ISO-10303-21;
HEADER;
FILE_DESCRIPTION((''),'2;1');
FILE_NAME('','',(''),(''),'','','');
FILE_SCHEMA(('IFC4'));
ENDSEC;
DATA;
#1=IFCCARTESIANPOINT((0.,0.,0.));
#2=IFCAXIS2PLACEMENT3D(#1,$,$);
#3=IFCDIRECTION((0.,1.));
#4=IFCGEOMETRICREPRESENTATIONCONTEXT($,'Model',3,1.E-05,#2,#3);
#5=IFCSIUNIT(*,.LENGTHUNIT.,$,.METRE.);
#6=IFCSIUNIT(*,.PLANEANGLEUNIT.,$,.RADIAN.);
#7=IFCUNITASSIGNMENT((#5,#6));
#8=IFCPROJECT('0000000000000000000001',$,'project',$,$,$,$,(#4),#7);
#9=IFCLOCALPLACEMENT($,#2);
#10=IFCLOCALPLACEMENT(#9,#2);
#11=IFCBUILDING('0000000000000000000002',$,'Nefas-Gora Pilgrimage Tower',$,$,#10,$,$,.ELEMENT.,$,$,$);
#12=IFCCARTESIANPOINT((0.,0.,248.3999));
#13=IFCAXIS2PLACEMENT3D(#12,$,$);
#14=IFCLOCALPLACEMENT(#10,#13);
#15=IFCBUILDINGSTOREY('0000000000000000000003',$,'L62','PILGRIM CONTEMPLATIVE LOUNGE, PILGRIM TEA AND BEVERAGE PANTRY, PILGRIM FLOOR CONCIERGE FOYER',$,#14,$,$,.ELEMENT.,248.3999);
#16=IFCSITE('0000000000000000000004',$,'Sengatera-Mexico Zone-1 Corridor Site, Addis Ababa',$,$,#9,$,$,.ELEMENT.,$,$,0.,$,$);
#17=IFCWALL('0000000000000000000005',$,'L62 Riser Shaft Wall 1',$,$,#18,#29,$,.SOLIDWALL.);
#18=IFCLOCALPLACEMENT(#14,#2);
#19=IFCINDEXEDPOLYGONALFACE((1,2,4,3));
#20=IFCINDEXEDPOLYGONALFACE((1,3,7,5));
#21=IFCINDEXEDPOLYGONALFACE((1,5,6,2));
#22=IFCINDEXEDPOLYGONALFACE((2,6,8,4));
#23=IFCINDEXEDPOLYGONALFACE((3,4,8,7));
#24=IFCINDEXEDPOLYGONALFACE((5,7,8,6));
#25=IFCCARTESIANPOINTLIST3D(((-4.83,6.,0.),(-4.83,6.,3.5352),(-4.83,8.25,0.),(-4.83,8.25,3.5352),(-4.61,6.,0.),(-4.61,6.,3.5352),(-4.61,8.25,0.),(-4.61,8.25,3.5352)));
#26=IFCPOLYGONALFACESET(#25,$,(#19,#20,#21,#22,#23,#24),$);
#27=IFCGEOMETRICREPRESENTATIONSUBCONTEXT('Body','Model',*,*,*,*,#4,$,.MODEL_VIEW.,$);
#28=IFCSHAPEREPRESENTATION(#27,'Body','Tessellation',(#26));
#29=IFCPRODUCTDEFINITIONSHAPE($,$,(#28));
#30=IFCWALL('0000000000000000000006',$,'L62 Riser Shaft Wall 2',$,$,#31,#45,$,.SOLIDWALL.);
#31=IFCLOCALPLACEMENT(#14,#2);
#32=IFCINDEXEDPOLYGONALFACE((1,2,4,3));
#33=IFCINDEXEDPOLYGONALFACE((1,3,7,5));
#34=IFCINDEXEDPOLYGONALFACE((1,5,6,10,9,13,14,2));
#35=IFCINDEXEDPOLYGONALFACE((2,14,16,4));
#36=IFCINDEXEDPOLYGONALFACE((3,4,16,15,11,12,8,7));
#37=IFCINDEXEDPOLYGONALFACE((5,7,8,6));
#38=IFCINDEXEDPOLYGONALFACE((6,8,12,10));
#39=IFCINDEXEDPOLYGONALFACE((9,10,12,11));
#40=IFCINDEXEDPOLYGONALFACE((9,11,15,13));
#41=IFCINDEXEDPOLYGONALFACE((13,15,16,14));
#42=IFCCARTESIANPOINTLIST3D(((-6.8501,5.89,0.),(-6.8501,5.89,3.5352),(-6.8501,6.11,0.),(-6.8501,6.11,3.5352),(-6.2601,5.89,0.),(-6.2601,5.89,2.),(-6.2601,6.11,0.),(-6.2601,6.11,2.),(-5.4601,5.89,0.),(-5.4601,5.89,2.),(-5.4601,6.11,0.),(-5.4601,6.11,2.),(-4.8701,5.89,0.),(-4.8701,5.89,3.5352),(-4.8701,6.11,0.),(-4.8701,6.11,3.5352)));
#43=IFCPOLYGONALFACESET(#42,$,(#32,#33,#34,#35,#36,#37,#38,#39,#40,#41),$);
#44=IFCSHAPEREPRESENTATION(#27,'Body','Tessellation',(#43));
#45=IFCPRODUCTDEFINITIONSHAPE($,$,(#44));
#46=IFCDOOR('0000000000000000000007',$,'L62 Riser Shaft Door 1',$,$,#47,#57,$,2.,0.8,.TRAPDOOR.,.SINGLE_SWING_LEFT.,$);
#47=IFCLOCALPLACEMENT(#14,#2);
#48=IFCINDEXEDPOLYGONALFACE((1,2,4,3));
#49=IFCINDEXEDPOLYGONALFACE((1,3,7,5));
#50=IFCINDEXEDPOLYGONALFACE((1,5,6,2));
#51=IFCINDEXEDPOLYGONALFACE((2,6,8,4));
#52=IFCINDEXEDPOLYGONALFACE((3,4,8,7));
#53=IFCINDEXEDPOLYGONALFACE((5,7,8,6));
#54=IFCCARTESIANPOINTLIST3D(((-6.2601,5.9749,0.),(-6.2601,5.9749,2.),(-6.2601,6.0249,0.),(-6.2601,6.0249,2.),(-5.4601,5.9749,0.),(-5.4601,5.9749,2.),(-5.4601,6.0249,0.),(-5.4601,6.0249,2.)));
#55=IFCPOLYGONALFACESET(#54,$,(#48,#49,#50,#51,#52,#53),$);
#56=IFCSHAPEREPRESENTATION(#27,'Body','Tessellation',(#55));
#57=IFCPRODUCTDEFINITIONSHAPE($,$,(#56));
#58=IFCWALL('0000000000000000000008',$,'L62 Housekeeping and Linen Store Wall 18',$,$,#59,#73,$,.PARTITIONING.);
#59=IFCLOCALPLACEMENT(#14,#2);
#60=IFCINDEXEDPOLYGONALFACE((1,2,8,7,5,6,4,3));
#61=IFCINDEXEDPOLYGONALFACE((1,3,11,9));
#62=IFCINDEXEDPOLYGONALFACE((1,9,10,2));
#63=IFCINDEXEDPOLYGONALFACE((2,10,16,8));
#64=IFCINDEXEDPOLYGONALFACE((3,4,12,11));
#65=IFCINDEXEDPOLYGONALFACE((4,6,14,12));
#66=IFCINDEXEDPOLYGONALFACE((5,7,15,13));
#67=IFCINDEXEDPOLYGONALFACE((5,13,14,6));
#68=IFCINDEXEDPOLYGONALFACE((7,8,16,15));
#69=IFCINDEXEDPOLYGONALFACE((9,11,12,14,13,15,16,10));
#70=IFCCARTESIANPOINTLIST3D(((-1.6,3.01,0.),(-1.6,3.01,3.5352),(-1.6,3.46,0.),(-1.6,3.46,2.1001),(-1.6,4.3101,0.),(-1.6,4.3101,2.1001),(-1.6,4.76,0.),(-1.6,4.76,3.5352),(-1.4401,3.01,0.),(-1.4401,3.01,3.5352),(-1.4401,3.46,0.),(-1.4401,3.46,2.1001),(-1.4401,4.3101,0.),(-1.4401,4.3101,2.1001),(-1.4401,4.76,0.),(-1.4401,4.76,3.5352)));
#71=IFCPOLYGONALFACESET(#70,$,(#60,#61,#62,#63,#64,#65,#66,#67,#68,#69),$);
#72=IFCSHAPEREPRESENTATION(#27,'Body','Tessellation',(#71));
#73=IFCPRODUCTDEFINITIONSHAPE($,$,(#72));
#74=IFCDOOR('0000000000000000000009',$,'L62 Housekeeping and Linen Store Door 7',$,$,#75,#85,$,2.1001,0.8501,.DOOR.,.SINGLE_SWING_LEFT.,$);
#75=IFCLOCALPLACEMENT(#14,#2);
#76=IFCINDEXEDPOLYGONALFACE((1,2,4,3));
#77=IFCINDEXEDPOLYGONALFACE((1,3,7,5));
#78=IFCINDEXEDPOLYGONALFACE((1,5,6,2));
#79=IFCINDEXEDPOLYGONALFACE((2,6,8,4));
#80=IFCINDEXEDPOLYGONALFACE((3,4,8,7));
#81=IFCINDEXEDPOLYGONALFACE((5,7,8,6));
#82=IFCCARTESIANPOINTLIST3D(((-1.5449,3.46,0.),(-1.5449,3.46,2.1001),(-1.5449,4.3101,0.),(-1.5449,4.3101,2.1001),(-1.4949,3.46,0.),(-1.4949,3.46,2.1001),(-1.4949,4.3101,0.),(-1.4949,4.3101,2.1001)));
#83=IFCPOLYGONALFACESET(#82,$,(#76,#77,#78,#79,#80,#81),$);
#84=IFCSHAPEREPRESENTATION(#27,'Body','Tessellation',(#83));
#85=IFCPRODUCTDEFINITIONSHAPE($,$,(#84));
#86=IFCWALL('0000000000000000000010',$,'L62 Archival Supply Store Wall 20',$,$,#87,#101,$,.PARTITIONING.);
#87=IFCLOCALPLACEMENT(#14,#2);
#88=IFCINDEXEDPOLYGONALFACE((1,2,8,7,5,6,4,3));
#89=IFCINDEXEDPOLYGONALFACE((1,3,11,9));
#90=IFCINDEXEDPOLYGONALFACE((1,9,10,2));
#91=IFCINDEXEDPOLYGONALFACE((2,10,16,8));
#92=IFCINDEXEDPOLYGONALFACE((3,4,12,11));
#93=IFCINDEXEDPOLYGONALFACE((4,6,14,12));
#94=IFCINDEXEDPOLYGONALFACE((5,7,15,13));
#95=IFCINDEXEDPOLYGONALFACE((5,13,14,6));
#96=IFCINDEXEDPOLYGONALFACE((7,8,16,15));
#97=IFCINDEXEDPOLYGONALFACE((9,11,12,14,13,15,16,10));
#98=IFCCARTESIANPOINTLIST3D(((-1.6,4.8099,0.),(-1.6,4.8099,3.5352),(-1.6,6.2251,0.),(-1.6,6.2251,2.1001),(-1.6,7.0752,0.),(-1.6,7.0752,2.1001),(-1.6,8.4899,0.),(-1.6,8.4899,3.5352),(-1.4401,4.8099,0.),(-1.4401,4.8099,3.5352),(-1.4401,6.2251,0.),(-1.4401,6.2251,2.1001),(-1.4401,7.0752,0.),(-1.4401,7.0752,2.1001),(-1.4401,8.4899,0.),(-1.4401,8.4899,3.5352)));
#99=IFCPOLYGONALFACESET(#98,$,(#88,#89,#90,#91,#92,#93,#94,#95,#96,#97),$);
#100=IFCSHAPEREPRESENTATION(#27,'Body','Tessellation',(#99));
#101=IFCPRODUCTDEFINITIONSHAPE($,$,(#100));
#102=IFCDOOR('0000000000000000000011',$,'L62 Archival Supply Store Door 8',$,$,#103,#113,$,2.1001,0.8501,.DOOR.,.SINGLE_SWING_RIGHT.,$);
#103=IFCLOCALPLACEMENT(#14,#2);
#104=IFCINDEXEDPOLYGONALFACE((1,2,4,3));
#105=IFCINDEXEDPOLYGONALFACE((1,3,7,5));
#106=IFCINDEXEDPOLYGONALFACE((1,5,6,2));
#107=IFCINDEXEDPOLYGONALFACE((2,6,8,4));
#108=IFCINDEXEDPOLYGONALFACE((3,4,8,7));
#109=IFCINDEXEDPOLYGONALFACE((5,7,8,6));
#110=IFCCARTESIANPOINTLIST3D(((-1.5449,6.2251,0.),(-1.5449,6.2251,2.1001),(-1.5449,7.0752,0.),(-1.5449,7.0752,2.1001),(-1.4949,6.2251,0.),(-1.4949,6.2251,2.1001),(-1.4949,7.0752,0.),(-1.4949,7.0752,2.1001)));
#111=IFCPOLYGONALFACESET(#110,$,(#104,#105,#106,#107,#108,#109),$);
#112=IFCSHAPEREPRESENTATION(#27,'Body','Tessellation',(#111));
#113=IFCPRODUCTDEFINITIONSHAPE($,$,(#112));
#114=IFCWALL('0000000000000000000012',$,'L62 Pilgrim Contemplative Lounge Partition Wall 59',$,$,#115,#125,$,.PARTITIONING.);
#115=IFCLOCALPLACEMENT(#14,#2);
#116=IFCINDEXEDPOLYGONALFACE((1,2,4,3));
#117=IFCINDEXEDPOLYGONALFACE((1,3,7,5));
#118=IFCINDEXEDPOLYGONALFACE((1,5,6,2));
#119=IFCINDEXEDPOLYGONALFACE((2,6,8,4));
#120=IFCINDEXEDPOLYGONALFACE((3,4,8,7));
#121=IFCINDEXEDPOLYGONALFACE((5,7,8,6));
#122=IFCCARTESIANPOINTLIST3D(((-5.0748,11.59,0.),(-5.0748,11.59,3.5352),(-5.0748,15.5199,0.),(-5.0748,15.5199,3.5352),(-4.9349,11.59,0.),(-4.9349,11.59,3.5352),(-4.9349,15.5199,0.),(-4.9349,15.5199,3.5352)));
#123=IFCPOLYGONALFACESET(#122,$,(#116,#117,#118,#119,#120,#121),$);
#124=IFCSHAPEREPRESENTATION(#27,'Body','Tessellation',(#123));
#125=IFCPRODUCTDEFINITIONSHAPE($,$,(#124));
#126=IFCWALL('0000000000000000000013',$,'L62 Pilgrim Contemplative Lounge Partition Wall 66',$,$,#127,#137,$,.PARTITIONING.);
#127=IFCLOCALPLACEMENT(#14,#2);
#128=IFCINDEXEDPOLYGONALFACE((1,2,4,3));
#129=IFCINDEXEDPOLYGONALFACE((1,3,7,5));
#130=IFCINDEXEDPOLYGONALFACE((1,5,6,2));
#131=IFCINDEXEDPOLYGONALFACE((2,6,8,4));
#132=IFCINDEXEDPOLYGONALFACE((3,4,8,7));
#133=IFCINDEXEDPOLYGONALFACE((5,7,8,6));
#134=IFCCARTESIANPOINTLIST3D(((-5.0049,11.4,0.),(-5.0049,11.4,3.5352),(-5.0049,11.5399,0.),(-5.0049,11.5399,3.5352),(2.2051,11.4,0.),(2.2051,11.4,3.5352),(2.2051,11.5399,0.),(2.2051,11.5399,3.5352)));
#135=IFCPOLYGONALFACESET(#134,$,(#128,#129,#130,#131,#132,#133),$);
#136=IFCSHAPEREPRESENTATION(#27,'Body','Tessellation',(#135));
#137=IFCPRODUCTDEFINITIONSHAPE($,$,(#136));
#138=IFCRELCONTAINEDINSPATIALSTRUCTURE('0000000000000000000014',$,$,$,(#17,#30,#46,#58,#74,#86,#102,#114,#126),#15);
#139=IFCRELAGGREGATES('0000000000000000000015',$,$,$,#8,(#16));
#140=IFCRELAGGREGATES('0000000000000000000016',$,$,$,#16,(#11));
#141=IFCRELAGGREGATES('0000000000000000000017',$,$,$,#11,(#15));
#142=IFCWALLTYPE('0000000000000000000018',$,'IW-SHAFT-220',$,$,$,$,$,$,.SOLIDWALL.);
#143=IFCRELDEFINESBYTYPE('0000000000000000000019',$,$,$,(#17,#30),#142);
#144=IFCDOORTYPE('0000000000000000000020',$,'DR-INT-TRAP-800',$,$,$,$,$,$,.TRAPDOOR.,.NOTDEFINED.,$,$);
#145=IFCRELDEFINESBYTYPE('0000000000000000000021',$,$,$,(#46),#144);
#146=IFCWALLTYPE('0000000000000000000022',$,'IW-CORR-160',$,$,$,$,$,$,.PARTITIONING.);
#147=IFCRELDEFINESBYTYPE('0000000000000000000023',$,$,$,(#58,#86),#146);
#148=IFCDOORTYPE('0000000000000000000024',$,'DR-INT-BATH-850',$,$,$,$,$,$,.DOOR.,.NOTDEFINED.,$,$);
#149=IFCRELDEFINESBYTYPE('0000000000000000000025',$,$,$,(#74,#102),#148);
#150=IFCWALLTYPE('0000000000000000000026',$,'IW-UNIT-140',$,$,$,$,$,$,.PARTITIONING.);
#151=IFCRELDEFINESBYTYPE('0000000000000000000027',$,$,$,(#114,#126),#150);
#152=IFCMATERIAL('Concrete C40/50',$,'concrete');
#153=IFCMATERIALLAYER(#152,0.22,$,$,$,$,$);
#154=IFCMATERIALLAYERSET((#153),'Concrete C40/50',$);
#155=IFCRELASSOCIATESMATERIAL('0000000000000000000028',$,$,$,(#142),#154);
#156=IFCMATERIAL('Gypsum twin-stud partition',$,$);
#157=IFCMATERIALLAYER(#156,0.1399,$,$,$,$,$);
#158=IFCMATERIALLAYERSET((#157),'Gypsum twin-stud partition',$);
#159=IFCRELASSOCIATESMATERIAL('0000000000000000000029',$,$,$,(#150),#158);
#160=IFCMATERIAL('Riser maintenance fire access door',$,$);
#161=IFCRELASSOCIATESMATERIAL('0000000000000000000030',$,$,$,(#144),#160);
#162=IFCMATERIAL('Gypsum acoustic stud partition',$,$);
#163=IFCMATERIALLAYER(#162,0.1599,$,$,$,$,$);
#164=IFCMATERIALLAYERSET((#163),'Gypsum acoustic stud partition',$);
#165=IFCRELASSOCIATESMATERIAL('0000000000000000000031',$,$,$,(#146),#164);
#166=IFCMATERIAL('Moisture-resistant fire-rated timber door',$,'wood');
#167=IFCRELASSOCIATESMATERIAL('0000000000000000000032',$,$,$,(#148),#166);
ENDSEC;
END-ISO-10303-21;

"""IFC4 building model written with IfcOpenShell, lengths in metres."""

from ifc_helpers import new_model, si_unit, direction, frame, frame_2d, origin, place, context, subcontext, project, spatial, rectangle, extrude, source, transform, mapped, material, layer, layer_set, type_object, element, fill, save


model = new_model("IFC4")

# Units and contexts
model_context = context("Model", 3, precision=1e-05, world=origin(), true_north=direction((0.0, 1.0)))
body_context = subcontext(model_context, "Body", "Model", "MODEL_VIEW")
ifc_project = project(units=[si_unit("LENGTHUNIT", "METRE"), si_unit("PLANEANGLEUNIT", "RADIAN")], contexts=[model_context])

# Site, building, storey
site_placement = place(None, origin())
site = spatial("IfcSite", under=ifc_project, at=site_placement, Name="Sengatera-Mexico Zone-1 Corridor Site, Addis Ababa", CompositionType="ELEMENT", RefElevation=0.0)
building_placement = place(site_placement, origin())
building = spatial("IfcBuilding", under=site, at=building_placement, Name="Nefas-Gora Pilgrimage Tower", CompositionType="ELEMENT")
storey_placement = place(building_placement, frame((0.0, 0.0, 248.3999)))
storey = spatial("IfcBuildingStorey", under=building, at=storey_placement, Name="L62", Description="PILGRIM CONTEMPLATIVE LOUNGE, PILGRIM TEA AND BEVERAGE PANTRY, PILGRIM FLOOR CONCIERGE FOYER", CompositionType="ELEMENT", Elevation=248.3999)

# Shared definitions
ifc_material_1 = material(Name="Concrete C40/50", Category="concrete")

# Shared definitions
ifc_layer_1 = layer(ifc_material_1, 0.22)
ifc_layer_set_1 = layer_set([ifc_layer_1], Name="Concrete C40/50")
wall_type_1 = type_object("IfcWallType", Name="IW-SHAFT-220", PredefinedType="SOLIDWALL", material=ifc_layer_set_1)

# Wall
ifc_material_2 = material(Name="Gypsum twin-stud partition")
ifc_layer_2 = layer(ifc_material_2, 0.1399)
ifc_layer_set_2 = layer_set([ifc_layer_2], Name="Gypsum twin-stud partition")
wall_type_2 = type_object("IfcWallType", Name="IW-UNIT-140", PredefinedType="PARTITIONING", material=ifc_layer_set_2)
shared_shape_1 = source(origin(), body_context, "Body", "SweptSolid", [
    extrude(rectangle(XDim=2.25, YDim=0.22, at=frame_2d((1.125, 0.0))), origin(), (0.0, 0.0, 1.0), 3.5352),
])
wall_1_placement = place(storey_placement, frame((-4.72, 6.0, 0.0), z_axis=(0.0, 0.0, 1.0), x_axis=(0.0, 1.0, 0.0)))
element("IfcWall", 1, at=wall_1_placement, inside=storey, type_object=wall_type_1, Name="L62 Riser Shaft Wall 1", PredefinedType="SOLIDWALL", context=body_context, shape_type="MappedRepresentation", body=[
    mapped(shared_shape_1, transform((0.0, 0.0, 0.0), x_axis=(1.0, 0.0, 0.0), y_axis=(0.0, 1.0, 0.0), z_axis=(0.0, 0.0, 1.0), scale=1.0)),
])

# Walls, openings, doors
shared_shape_2 = source(origin(), body_context, "Body", "SweptSolid", [
    extrude(rectangle(XDim=1.98, YDim=0.22, at=frame_2d((0.99, 0.0))), origin(), (0.0, 0.0, 1.0), 3.5352),
])
wall_2_placement = place(storey_placement, frame((-6.8501, 6.0, 0.0), z_axis=(0.0, 0.0, 1.0), x_axis=(1.0, 0.0, 0.0)))
wall_2 = element("IfcWall", 2, at=wall_2_placement, inside=storey, type_object=wall_type_1, Name="L62 Riser Shaft Wall 2", PredefinedType="SOLIDWALL", context=body_context, shape_type="MappedRepresentation", body=[
    mapped(shared_shape_2, transform((0.0, 0.0, 0.0), x_axis=(1.0, 0.0, 0.0), y_axis=(0.0, 1.0, 0.0), z_axis=(0.0, 0.0, 1.0), scale=1.0)),
])
opening_1_placement = place(wall_2_placement, frame((0.5901, 0.0, 0.0)))
opening_1 = element("IfcOpeningElement", 3, at=opening_1_placement, cuts=wall_2, PredefinedType="OPENING", context=body_context, shape_type="SweptSolid", body=[
    extrude(rectangle(XDim=0.8, YDim=2.0, at=frame_2d((0.3999, 1.0))), frame((0.0, 0.1199, 0.0), z_axis=(0.0, -1.0, 0.0), x_axis=(1.0, 0.0, 0.0)), (0.0, 0.0, 1.0), 0.24),
])
ifc_material_3 = material(Name="Riser maintenance fire access door")
door_type_1 = type_object("IfcDoorType", Name="DR-INT-TRAP-800", OperationType="NOTDEFINED", PredefinedType="TRAPDOOR", material=ifc_material_3)
shared_shape_3 = source(origin(), body_context, "Body", "SweptSolid", [
    extrude(rectangle(XDim=0.8, YDim=2.0, at=frame_2d((0.3999, 1.0))), frame((0.0, 0.0249, 0.0), z_axis=(0.0, -1.0, 0.0), x_axis=(1.0, 0.0, 0.0)), (0.0, 0.0, 1.0), 0.05),
])
door_1_placement = place(opening_1_placement, origin())
door_1 = element("IfcDoor", 4, at=door_1_placement, inside=storey, type_object=door_type_1, Name="L62 Riser Shaft Door 1", OperationType="SINGLE_SWING_LEFT", OverallHeight=2.0, OverallWidth=0.8, PredefinedType="TRAPDOOR", context=body_context, shape_type="MappedRepresentation", body=[
    mapped(shared_shape_3, transform((0.0, 0.0, 0.0), x_axis=(1.0, 0.0, 0.0), y_axis=(0.0, 1.0, 0.0), z_axis=(0.0, 0.0, 1.0), scale=1.0)),
])
fill(opening_1, door_1)
ifc_material_4 = material(Name="Gypsum acoustic stud partition")
ifc_layer_3 = layer(ifc_material_4, 0.1599)
ifc_layer_set_3 = layer_set([ifc_layer_3], Name="Gypsum acoustic stud partition")
wall_type_3 = type_object("IfcWallType", Name="IW-CORR-160", PredefinedType="PARTITIONING", material=ifc_layer_set_3)
shared_shape_4 = source(origin(), body_context, "Body", "SweptSolid", [
    extrude(rectangle(XDim=1.75, YDim=0.1599, at=frame_2d((0.875, 0.0))), origin(), (0.0, 0.0, 1.0), 3.5352),
])
wall_3_placement = place(storey_placement, frame((-1.52, 3.01, 0.0), z_axis=(0.0, 0.0, 1.0), x_axis=(0.0, 1.0, 0.0)))
wall_3 = element("IfcWall", 5, at=wall_3_placement, inside=storey, type_object=wall_type_3, Name="L62 Housekeeping and Linen Store Wall 18", PredefinedType="PARTITIONING", context=body_context, shape_type="MappedRepresentation", body=[
    mapped(shared_shape_4, transform((0.0, 0.0, 0.0), x_axis=(1.0, 0.0, 0.0), y_axis=(0.0, 1.0, 0.0), z_axis=(0.0, 0.0, 1.0), scale=1.0)),
])
opening_2_placement = place(wall_3_placement, frame((0.45, 0.0, 0.0)))
opening_2 = element("IfcOpeningElement", 6, at=opening_2_placement, cuts=wall_3, PredefinedType="OPENING", context=body_context, shape_type="SweptSolid", body=[
    extrude(rectangle(XDim=0.8501, YDim=2.1001, at=frame_2d((0.425, 1.05))), frame((0.0, 0.0898, 0.0), z_axis=(0.0, -1.0, 0.0), x_axis=(1.0, 0.0, 0.0)), (0.0, 0.0, 1.0), 0.1799),
])
ifc_material_5 = material(Name="Moisture-resistant fire-rated timber door", Category="wood")
door_type_2 = type_object("IfcDoorType", Name="DR-INT-BATH-850", OperationType="NOTDEFINED", PredefinedType="DOOR", material=ifc_material_5)
shared_shape_5 = source(origin(), body_context, "Body", "SweptSolid", [
    extrude(rectangle(XDim=0.8501, YDim=2.1001, at=frame_2d((0.425, 1.05))), frame((0.0, 0.0249, 0.0), z_axis=(0.0, -1.0, 0.0), x_axis=(1.0, 0.0, 0.0)), (0.0, 0.0, 1.0), 0.05),
])
door_2_placement = place(opening_2_placement, origin())
door_2 = element("IfcDoor", 7, at=door_2_placement, inside=storey, type_object=door_type_2, Name="L62 Housekeeping and Linen Store Door 7", OperationType="SINGLE_SWING_LEFT", OverallHeight=2.1001, OverallWidth=0.8501, PredefinedType="DOOR", context=body_context, shape_type="MappedRepresentation", body=[
    mapped(shared_shape_5, transform((0.0, 0.0, 0.0), x_axis=(1.0, 0.0, 0.0), y_axis=(0.0, 1.0, 0.0), z_axis=(0.0, 0.0, 1.0), scale=1.0)),
])
fill(opening_2, door_2)
shared_shape_6 = source(origin(), body_context, "Body", "SweptSolid", [
    extrude(rectangle(XDim=3.6799, YDim=0.1599, at=frame_2d((1.8398, 0.0))), origin(), (0.0, 0.0, 1.0), 3.5352),
])
wall_4_placement = place(storey_placement, frame((-1.52, 4.8101, 0.0), z_axis=(0.0, 0.0, 1.0), x_axis=(0.0, 1.0, 0.0)))
wall_4 = element("IfcWall", 8, at=wall_4_placement, inside=storey, type_object=wall_type_3, Name="L62 Archival Supply Store Wall 20", PredefinedType="PARTITIONING", context=body_context, shape_type="MappedRepresentation", body=[
    mapped(shared_shape_6, transform((0.0, 0.0, 0.0), x_axis=(1.0, 0.0, 0.0), y_axis=(0.0, 1.0, 0.0), z_axis=(0.0, 0.0, 1.0), scale=1.0)),
])
opening_3_placement = place(wall_4_placement, frame((1.415, 0.0, 0.0)))
opening_3 = element("IfcOpeningElement", 9, at=opening_3_placement, cuts=wall_4, PredefinedType="OPENING", context=body_context, shape_type="SweptSolid", body=[
    extrude(rectangle(XDim=0.8501, YDim=2.1001, at=frame_2d((0.425, 1.05))), frame((0.0, 0.0898, 0.0), z_axis=(0.0, -1.0, 0.0), x_axis=(1.0, 0.0, 0.0)), (0.0, 0.0, 1.0), 0.1799),
])
door_3_placement = place(opening_3_placement, origin())
door_3 = element("IfcDoor", 10, at=door_3_placement, inside=storey, type_object=door_type_2, Name="L62 Archival Supply Store Door 8", OperationType="SINGLE_SWING_RIGHT", OverallHeight=2.1001, OverallWidth=0.8501, PredefinedType="DOOR", context=body_context, shape_type="MappedRepresentation", body=[
    mapped(shared_shape_5, transform((0.0, 0.0, 0.0), x_axis=(1.0, 0.0, 0.0), y_axis=(0.0, 1.0, 0.0), z_axis=(0.0, 0.0, 1.0), scale=1.0)),
])
fill(opening_3, door_3)

# Walls
shared_shape_7 = source(origin(), body_context, "Body", "SweptSolid", [
    extrude(rectangle(XDim=3.9299, YDim=0.1399, at=frame_2d((1.9648, 0.0))), origin(), (0.0, 0.0, 1.0), 3.5352),
])
wall_5_placement = place(storey_placement, frame((-5.0049, 11.5901, 0.0), z_axis=(0.0, 0.0, 1.0), x_axis=(0.0, 1.0, 0.0)))
element("IfcWall", 11, at=wall_5_placement, inside=storey, type_object=wall_type_2, Name="L62 Pilgrim Contemplative Lounge Partition Wall 59", PredefinedType="PARTITIONING", context=body_context, shape_type="MappedRepresentation", body=[
    mapped(shared_shape_7, transform((0.0, 0.0, 0.0), x_axis=(1.0, 0.0, 0.0), y_axis=(0.0, 1.0, 0.0), z_axis=(0.0, 0.0, 1.0), scale=1.0)),
])
shared_shape_8 = source(origin(), body_context, "Body", "SweptSolid", [
    extrude(rectangle(XDim=7.21, YDim=0.1399, at=frame_2d((3.605, 0.0))), origin(), (0.0, 0.0, 1.0), 3.5352),
])
wall_6_placement = place(storey_placement, frame((-5.0049, 11.47, 0.0), z_axis=(0.0, 0.0, 1.0), x_axis=(1.0, 0.0, 0.0)))
element("IfcWall", 12, at=wall_6_placement, inside=storey, type_object=wall_type_2, Name="L62 Pilgrim Contemplative Lounge Partition Wall 66", PredefinedType="PARTITIONING", context=body_context, shape_type="MappedRepresentation", body=[
    mapped(shared_shape_8, transform((0.0, 0.0, 0.0), x_axis=(1.0, 0.0, 0.0), y_axis=(0.0, 1.0, 0.0), z_axis=(0.0, 0.0, 1.0), scale=1.0)),
])

save(model, "model.ifc")
